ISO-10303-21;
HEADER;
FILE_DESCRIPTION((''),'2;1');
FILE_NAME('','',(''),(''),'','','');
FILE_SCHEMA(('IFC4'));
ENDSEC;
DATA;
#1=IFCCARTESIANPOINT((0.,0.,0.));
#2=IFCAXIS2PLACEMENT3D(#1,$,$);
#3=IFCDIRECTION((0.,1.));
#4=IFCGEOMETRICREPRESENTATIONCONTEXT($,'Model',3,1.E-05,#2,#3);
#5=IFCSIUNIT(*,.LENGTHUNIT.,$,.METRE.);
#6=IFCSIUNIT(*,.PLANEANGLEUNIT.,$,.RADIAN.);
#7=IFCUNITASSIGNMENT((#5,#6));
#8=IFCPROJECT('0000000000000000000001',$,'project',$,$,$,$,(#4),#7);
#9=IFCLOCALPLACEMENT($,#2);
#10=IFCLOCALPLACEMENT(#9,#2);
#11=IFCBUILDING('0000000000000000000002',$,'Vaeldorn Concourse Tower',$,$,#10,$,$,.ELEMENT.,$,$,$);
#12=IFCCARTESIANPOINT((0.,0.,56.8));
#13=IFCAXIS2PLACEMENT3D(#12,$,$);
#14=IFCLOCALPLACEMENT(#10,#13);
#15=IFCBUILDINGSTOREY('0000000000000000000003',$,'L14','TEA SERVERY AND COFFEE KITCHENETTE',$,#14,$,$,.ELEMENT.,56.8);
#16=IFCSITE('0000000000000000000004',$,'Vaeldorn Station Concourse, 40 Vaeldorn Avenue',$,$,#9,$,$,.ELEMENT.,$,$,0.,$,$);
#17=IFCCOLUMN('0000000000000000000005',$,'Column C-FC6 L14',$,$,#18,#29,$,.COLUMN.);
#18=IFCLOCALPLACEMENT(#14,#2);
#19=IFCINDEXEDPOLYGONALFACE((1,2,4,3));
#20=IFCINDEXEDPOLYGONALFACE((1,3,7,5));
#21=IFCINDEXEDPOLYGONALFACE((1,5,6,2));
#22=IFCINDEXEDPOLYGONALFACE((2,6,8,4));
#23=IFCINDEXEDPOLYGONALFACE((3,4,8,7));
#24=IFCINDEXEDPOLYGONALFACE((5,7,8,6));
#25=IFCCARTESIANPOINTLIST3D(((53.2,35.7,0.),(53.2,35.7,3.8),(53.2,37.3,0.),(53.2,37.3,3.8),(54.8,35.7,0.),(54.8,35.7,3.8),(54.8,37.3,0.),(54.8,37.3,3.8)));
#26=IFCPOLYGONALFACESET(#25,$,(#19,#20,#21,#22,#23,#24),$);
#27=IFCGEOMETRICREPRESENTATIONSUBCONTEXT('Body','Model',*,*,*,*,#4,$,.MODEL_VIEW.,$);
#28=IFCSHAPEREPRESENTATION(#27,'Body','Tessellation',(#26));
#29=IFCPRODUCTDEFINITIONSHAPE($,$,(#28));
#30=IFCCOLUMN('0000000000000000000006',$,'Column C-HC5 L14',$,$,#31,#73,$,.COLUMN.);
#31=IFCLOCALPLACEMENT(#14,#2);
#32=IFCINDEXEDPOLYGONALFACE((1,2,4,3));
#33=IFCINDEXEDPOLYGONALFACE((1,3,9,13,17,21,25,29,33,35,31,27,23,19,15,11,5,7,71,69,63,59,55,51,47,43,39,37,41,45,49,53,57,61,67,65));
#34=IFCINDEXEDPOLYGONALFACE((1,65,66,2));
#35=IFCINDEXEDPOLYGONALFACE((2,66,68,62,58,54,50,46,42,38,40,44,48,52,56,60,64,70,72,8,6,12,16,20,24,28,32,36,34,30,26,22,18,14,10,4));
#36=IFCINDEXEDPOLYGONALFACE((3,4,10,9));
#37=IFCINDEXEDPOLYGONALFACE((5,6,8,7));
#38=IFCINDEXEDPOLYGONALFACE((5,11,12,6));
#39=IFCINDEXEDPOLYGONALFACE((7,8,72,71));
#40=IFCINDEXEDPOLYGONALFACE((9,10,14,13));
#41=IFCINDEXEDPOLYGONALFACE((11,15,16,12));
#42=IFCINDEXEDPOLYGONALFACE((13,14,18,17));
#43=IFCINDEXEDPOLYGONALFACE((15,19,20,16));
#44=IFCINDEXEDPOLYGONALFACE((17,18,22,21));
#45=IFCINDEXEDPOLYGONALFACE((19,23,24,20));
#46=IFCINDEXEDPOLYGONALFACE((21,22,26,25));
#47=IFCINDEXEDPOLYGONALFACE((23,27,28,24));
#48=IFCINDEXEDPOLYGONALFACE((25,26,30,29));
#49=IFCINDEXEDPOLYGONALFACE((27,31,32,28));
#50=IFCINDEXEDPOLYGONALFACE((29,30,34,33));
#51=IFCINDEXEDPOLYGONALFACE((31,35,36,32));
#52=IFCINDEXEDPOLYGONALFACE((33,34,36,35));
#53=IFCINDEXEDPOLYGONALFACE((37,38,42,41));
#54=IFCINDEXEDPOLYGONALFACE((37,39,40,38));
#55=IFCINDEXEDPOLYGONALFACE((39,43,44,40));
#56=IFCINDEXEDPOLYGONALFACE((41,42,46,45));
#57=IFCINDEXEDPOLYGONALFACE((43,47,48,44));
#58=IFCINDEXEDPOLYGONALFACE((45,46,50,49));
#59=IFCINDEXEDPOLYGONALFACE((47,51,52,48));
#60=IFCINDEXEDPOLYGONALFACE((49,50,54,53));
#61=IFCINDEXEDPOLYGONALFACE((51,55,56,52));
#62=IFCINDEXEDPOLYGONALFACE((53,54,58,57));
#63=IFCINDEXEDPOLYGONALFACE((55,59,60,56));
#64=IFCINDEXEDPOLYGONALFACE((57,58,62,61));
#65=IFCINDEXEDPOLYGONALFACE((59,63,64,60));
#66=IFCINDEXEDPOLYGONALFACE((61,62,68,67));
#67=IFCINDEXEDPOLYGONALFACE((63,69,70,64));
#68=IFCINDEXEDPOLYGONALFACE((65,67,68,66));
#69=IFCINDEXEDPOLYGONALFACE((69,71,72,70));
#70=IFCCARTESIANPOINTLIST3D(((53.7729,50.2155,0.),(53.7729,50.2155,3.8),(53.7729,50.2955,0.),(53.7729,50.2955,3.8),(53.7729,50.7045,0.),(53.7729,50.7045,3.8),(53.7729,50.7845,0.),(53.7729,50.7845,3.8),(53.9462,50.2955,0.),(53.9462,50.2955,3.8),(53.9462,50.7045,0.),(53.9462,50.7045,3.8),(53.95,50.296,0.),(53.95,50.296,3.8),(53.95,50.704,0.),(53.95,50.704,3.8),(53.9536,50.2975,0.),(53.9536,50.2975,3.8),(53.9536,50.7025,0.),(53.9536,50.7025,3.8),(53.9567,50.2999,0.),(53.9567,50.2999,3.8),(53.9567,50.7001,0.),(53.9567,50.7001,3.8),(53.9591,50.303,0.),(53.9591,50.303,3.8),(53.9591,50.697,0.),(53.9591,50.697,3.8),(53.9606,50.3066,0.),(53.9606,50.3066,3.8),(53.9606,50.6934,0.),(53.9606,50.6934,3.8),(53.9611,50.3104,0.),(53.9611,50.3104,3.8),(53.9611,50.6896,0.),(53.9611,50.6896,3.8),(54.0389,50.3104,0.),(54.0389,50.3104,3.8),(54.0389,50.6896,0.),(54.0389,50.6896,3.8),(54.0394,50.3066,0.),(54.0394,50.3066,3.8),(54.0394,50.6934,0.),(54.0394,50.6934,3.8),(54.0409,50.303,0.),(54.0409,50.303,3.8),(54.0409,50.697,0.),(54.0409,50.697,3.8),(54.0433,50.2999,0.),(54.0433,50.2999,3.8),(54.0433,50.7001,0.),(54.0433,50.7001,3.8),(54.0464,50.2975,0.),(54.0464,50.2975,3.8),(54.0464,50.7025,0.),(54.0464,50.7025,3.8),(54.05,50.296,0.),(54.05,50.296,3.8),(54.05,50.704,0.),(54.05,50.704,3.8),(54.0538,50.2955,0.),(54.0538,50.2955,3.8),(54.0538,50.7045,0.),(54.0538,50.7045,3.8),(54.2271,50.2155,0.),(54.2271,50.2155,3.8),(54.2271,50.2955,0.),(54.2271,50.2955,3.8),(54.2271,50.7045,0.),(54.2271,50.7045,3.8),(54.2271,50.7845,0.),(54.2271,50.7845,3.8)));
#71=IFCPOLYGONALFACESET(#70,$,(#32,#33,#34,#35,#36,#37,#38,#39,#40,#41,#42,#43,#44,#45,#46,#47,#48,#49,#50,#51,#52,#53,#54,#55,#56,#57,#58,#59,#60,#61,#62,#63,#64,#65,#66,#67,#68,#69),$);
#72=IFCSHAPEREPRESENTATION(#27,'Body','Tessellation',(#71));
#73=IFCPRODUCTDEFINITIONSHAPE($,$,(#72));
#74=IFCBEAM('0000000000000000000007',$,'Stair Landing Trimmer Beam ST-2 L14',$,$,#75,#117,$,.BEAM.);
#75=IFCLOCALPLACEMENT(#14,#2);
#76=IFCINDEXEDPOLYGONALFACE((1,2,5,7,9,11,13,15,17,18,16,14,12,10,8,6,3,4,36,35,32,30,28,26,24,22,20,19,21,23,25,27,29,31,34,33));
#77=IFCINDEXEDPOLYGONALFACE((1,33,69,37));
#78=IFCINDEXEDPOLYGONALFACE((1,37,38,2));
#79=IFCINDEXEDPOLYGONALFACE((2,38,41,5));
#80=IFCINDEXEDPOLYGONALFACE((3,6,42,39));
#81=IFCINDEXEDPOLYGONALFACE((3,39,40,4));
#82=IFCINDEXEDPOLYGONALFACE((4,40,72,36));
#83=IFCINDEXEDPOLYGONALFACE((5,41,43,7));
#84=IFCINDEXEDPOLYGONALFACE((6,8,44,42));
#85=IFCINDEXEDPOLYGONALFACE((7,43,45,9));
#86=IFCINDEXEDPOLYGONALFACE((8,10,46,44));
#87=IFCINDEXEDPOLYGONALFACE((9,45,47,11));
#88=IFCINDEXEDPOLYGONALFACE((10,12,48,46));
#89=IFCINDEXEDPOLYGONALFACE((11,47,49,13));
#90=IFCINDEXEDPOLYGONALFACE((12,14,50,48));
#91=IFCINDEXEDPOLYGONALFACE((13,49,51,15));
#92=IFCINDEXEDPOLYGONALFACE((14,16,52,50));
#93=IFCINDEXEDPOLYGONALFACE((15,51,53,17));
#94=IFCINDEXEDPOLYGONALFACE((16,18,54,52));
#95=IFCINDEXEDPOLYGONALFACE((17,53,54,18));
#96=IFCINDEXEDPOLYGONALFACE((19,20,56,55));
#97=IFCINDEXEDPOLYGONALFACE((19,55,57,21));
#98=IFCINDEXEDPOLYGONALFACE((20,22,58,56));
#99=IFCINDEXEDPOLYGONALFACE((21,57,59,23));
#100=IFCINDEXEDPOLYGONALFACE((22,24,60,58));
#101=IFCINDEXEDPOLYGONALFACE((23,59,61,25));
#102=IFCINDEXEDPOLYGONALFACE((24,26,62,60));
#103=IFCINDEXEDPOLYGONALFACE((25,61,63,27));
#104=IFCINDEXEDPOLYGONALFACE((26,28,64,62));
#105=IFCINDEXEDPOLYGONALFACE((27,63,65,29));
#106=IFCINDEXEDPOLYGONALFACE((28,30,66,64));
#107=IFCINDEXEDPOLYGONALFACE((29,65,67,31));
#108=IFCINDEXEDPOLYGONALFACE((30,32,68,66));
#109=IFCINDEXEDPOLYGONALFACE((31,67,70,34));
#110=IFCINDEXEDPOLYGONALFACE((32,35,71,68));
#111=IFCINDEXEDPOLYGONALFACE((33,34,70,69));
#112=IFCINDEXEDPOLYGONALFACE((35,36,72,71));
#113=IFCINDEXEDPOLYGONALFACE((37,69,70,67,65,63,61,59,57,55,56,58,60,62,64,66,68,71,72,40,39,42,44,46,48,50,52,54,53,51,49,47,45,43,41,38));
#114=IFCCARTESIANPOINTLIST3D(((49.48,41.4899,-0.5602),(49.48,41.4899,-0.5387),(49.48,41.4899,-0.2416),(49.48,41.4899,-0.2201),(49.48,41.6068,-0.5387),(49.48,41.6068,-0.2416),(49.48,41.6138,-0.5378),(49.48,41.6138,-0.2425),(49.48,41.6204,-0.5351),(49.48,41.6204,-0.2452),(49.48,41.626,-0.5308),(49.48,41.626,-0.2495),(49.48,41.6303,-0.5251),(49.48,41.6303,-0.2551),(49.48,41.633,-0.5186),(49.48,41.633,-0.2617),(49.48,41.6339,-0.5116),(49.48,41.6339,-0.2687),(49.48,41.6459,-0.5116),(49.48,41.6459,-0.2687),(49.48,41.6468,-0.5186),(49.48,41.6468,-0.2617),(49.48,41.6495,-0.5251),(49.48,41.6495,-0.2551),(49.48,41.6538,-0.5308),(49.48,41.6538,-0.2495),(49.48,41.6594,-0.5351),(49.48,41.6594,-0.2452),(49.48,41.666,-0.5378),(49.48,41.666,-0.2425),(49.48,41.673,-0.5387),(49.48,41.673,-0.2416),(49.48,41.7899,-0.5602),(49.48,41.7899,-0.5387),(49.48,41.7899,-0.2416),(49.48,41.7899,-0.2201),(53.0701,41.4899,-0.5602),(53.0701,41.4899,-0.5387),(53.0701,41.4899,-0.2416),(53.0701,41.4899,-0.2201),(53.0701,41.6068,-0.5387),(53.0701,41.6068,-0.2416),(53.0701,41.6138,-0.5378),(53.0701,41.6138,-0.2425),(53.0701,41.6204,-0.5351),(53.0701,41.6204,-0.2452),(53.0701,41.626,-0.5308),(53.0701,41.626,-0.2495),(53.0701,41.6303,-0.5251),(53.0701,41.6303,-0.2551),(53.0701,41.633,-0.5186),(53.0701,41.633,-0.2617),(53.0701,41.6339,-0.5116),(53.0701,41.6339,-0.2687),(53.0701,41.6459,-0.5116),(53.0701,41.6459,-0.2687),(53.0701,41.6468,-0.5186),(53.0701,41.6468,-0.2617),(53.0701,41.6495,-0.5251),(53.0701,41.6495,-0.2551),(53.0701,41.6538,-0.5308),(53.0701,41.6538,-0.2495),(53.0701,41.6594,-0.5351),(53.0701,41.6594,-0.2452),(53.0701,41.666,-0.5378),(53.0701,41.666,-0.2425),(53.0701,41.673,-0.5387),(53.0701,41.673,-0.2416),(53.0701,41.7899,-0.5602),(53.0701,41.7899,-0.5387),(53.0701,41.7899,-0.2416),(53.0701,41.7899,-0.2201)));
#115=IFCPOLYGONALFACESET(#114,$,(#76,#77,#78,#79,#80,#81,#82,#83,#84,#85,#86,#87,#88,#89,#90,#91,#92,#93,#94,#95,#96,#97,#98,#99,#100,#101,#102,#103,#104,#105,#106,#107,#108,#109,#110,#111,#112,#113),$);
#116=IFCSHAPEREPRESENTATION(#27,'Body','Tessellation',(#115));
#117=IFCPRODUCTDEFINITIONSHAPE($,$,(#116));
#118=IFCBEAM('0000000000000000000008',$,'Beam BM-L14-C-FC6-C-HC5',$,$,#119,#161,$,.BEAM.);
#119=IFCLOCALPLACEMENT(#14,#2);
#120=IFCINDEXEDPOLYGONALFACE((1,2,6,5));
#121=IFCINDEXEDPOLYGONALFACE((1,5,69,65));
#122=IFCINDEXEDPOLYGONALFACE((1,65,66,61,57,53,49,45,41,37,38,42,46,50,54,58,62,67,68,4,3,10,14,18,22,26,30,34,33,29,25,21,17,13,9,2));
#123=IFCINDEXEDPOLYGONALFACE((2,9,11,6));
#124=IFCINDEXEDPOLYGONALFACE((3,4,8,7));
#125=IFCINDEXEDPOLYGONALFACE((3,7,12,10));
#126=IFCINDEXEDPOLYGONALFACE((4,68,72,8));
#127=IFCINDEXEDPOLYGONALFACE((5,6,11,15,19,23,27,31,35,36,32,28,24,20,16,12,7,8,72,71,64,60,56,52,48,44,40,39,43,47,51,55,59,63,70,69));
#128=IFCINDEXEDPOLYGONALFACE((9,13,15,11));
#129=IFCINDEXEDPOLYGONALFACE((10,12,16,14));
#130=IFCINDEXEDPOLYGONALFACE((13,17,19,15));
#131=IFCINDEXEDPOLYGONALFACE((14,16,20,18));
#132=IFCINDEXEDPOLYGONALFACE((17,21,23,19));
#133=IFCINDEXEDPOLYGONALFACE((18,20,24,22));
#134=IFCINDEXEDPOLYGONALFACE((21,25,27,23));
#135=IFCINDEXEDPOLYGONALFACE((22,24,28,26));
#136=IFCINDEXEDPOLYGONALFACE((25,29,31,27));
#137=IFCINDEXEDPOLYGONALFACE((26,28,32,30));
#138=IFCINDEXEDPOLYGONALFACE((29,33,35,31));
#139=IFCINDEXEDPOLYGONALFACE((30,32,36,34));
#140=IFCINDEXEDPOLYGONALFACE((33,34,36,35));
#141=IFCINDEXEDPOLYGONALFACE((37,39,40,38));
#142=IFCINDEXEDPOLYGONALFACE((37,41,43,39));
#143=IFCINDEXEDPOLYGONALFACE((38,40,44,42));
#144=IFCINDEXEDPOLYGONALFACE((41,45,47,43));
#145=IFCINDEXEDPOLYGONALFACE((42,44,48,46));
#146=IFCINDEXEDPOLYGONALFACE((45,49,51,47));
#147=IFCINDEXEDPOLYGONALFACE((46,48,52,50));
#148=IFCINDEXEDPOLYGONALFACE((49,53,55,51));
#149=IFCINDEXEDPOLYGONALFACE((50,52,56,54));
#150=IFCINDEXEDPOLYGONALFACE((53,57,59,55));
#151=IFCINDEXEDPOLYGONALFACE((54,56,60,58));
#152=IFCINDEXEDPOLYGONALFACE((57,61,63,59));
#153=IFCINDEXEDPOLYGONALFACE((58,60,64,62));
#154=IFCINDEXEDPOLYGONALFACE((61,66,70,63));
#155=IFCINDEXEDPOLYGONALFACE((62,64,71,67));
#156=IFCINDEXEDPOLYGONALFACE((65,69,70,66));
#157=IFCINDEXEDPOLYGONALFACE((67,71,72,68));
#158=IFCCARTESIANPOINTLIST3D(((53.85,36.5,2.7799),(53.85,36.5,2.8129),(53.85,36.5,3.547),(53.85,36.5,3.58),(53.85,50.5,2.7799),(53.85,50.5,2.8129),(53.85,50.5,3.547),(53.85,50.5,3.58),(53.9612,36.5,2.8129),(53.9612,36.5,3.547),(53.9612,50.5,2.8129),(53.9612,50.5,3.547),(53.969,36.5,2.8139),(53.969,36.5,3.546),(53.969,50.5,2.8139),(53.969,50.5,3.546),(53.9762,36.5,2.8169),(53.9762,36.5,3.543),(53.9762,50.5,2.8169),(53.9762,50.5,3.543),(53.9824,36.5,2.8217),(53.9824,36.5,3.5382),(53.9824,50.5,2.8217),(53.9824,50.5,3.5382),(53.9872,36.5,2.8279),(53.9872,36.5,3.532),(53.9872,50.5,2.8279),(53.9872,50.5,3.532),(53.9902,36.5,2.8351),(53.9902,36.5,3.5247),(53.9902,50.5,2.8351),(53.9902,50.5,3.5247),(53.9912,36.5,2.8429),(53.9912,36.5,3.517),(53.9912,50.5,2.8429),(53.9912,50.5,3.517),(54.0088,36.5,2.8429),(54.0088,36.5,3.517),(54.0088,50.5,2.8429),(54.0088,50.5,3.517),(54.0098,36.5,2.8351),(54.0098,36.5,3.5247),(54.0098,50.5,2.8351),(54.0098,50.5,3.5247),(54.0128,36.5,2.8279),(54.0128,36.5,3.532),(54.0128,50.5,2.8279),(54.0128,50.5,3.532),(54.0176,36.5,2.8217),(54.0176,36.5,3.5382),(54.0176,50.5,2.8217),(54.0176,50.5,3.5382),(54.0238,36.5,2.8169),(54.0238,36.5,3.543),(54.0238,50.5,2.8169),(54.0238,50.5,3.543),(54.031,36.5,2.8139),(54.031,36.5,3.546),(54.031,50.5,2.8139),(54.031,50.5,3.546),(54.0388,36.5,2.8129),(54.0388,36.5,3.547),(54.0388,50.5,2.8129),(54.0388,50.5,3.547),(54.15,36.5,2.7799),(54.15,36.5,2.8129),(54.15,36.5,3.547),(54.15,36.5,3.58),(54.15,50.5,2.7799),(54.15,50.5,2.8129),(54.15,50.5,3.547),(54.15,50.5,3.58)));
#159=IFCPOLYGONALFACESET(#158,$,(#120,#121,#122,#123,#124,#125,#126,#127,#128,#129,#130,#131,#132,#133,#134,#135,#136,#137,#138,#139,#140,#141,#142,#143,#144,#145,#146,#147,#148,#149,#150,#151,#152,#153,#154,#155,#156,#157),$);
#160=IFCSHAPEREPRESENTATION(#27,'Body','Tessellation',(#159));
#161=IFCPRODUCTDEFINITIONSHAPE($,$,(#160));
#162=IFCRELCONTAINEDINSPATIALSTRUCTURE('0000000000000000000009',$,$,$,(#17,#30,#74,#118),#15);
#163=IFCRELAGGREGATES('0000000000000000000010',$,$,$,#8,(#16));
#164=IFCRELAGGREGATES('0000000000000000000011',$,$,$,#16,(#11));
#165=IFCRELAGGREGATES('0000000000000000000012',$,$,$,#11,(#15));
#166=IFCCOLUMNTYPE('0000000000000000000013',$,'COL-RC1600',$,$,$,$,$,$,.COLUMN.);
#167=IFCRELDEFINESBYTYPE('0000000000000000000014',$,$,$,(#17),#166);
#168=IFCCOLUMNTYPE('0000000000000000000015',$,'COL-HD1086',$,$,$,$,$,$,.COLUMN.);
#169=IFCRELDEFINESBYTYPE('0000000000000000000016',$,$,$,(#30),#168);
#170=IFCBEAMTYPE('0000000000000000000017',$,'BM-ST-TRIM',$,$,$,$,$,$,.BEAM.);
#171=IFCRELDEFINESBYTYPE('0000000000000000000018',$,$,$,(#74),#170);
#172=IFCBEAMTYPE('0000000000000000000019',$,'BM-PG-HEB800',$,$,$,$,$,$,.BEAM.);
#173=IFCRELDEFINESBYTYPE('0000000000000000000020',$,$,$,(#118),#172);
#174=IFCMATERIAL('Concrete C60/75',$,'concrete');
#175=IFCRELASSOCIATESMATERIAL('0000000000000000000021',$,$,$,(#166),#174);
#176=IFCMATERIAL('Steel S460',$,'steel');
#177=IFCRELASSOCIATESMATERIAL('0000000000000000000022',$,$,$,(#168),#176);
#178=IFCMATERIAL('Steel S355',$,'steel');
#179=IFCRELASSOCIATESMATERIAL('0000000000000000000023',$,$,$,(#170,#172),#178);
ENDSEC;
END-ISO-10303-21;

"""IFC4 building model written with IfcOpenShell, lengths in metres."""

from ifc_helpers import new_model, si_unit, direction, frame, origin, origin_2d, place, context, subcontext, project, spatial, rectangle, i_section, extrude, source, transform, mapped, material, material_profile, profile_set, type_object, element, save


model = new_model("IFC4")

# Units and contexts
model_context = context("Model", 3, precision=1e-05, world=origin(), true_north=direction((0.0, 1.0)))
body_context = subcontext(model_context, "Body", "Model", "MODEL_VIEW")
ifc_project = project(units=[si_unit("LENGTHUNIT", "METRE"), si_unit("PLANEANGLEUNIT", "RADIAN")], contexts=[model_context])

# Site, building, storey
site_placement = place(None, origin())
site = spatial("IfcSite", under=ifc_project, at=site_placement, Name="Vaeldorn Station Concourse, 40 Vaeldorn Avenue", CompositionType="ELEMENT", RefElevation=0.0)
building_placement = place(site_placement, origin())
building = spatial("IfcBuilding", under=site, at=building_placement, Name="Vaeldorn Concourse Tower", CompositionType="ELEMENT")
storey_placement = place(building_placement, frame((0.0, 0.0, 56.8)))
storey = spatial("IfcBuildingStorey", under=building, at=storey_placement, Name="L14", Description="TEA SERVERY AND COFFEE KITCHENETTE", CompositionType="ELEMENT", Elevation=56.8)

# Columns
ifc_material_1 = material(Name="Concrete C60/75", Category="concrete")
ifc_material_profile_1 = material_profile(ifc_material_1, rectangle(XDim=1.6001, YDim=1.6001, at=origin_2d()), Name="RC 1600x1600")
ifc_profile_set_1 = profile_set([ifc_material_profile_1], Name="Concrete C60/75")
column_type_1 = type_object("IfcColumnType", Name="COL-RC1600", PredefinedType="COLUMN", material=ifc_profile_set_1)
shared_shape_1 = source(origin(), body_context, "Body", "SweptSolid", [
    extrude(rectangle(XDim=1.6001, YDim=1.6001, at=origin_2d()), origin(), (0.0, 0.0, 1.0), 3.8),
])
column_1_placement = place(storey_placement, frame((54.0, 36.5, 0.0), z_axis=(0.0, 0.0, 1.0), x_axis=(1.0, 0.0, 0.0)))
element("IfcColumn", 1, at=column_1_placement, inside=storey, type_object=column_type_1, Name="Column C-FC6 L14", PredefinedType="COLUMN", context=body_context, shape_type="MappedRepresentation", body=[
    mapped(shared_shape_1, transform((0.0, 0.0, 0.0), scale=1.0)),
])
ifc_material_2 = material(Name="Steel S460", Category="steel")
ifc_material_profile_2 = material_profile(ifc_material_2, i_section(OverallWidth=0.4541, OverallDepth=0.5691, WebThickness=0.0779, FlangeThickness=0.0801, FilletRadius=0.0149, at=origin_2d()), Name="HD 400x1086")
ifc_profile_set_2 = profile_set([ifc_material_profile_2], Name="Steel S460")
column_type_2 = type_object("IfcColumnType", Name="COL-HD1086", PredefinedType="COLUMN", material=ifc_profile_set_2)
shared_shape_2 = source(origin(), body_context, "Body", "SweptSolid", [
    extrude(i_section(OverallWidth=0.4541, OverallDepth=0.5691, WebThickness=0.0779, FlangeThickness=0.0801, FilletRadius=0.0149, at=origin_2d()), origin(), (0.0, 0.0, 1.0), 3.8),
])
column_2_placement = place(storey_placement, frame((54.0, 50.5, 0.0), z_axis=(0.0, 0.0, 1.0), x_axis=(1.0, 0.0, 0.0)))
element("IfcColumn", 2, at=column_2_placement, inside=storey, type_object=column_type_2, Name="Column C-HC5 L14", PredefinedType="COLUMN", context=body_context, shape_type="MappedRepresentation", body=[
    mapped(shared_shape_2, transform((0.0, 0.0, 0.0), scale=1.0)),
])

# Beams
ifc_material_3 = material(Name="Steel S355", Category="steel")
ifc_material_profile_3 = material_profile(ifc_material_3, i_section(OverallWidth=0.3, OverallDepth=0.3401, WebThickness=0.012, FlangeThickness=0.0215, FilletRadius=0.0271, at=origin_2d()), Name="HEB 340")
ifc_profile_set_3 = profile_set([ifc_material_profile_3], Name="Steel S355")
beam_type_1 = type_object("IfcBeamType", Name="BM-ST-TRIM", PredefinedType="BEAM", material=ifc_profile_set_3)
shared_shape_3 = source(origin(), body_context, "Body", "SweptSolid", [
    extrude(i_section(OverallWidth=0.3, OverallDepth=0.3401, WebThickness=0.012, FlangeThickness=0.0215, FilletRadius=0.0271, at=origin_2d()), origin(), (0.0, 0.0, 1.0), 3.5901),
])
beam_1_placement = place(storey_placement, frame((49.48, 41.6399, -0.3901), z_axis=(1.0, 0.0, 0.0), x_axis=(0.0, 1.0, 0.0)))
element("IfcBeam", 3, at=beam_1_placement, inside=storey, type_object=beam_type_1, Name="Stair Landing Trimmer Beam ST-2 L14", PredefinedType="BEAM", context=body_context, shape_type="MappedRepresentation", body=[
    mapped(shared_shape_3, transform((0.0, 0.0, 0.0), scale=1.0)),
])
ifc_material_profile_4 = material_profile(ifc_material_3, i_section(OverallWidth=0.3, OverallDepth=0.8, WebThickness=0.0176, FlangeThickness=0.033, FilletRadius=0.03, at=origin_2d()), Name="HEB 800")
ifc_profile_set_4 = profile_set([ifc_material_profile_4], Name="Steel S355")
beam_type_2 = type_object("IfcBeamType", Name="BM-PG-HEB800", PredefinedType="BEAM", material=ifc_profile_set_4)
shared_shape_4 = source(origin(), body_context, "Body", "SweptSolid", [
    extrude(i_section(OverallWidth=0.3, OverallDepth=0.8, WebThickness=0.0176, FlangeThickness=0.033, FilletRadius=0.03, at=origin_2d()), origin(), (0.0, 0.0, 1.0), 14.0),
])
beam_2_placement = place(storey_placement, frame((54.0, 36.5, 3.1799), z_axis=(0.0, 1.0, 0.0), x_axis=(-1.0, 0.0, 0.0)))
element("IfcBeam", 4, at=beam_2_placement, inside=storey, type_object=beam_type_2, Name="Beam BM-L14-C-FC6-C-HC5", PredefinedType="BEAM", context=body_context, shape_type="MappedRepresentation", body=[
    mapped(shared_shape_4, transform((0.0, 0.0, 0.0), scale=1.0)),
])

save(model, "model.ifc")
